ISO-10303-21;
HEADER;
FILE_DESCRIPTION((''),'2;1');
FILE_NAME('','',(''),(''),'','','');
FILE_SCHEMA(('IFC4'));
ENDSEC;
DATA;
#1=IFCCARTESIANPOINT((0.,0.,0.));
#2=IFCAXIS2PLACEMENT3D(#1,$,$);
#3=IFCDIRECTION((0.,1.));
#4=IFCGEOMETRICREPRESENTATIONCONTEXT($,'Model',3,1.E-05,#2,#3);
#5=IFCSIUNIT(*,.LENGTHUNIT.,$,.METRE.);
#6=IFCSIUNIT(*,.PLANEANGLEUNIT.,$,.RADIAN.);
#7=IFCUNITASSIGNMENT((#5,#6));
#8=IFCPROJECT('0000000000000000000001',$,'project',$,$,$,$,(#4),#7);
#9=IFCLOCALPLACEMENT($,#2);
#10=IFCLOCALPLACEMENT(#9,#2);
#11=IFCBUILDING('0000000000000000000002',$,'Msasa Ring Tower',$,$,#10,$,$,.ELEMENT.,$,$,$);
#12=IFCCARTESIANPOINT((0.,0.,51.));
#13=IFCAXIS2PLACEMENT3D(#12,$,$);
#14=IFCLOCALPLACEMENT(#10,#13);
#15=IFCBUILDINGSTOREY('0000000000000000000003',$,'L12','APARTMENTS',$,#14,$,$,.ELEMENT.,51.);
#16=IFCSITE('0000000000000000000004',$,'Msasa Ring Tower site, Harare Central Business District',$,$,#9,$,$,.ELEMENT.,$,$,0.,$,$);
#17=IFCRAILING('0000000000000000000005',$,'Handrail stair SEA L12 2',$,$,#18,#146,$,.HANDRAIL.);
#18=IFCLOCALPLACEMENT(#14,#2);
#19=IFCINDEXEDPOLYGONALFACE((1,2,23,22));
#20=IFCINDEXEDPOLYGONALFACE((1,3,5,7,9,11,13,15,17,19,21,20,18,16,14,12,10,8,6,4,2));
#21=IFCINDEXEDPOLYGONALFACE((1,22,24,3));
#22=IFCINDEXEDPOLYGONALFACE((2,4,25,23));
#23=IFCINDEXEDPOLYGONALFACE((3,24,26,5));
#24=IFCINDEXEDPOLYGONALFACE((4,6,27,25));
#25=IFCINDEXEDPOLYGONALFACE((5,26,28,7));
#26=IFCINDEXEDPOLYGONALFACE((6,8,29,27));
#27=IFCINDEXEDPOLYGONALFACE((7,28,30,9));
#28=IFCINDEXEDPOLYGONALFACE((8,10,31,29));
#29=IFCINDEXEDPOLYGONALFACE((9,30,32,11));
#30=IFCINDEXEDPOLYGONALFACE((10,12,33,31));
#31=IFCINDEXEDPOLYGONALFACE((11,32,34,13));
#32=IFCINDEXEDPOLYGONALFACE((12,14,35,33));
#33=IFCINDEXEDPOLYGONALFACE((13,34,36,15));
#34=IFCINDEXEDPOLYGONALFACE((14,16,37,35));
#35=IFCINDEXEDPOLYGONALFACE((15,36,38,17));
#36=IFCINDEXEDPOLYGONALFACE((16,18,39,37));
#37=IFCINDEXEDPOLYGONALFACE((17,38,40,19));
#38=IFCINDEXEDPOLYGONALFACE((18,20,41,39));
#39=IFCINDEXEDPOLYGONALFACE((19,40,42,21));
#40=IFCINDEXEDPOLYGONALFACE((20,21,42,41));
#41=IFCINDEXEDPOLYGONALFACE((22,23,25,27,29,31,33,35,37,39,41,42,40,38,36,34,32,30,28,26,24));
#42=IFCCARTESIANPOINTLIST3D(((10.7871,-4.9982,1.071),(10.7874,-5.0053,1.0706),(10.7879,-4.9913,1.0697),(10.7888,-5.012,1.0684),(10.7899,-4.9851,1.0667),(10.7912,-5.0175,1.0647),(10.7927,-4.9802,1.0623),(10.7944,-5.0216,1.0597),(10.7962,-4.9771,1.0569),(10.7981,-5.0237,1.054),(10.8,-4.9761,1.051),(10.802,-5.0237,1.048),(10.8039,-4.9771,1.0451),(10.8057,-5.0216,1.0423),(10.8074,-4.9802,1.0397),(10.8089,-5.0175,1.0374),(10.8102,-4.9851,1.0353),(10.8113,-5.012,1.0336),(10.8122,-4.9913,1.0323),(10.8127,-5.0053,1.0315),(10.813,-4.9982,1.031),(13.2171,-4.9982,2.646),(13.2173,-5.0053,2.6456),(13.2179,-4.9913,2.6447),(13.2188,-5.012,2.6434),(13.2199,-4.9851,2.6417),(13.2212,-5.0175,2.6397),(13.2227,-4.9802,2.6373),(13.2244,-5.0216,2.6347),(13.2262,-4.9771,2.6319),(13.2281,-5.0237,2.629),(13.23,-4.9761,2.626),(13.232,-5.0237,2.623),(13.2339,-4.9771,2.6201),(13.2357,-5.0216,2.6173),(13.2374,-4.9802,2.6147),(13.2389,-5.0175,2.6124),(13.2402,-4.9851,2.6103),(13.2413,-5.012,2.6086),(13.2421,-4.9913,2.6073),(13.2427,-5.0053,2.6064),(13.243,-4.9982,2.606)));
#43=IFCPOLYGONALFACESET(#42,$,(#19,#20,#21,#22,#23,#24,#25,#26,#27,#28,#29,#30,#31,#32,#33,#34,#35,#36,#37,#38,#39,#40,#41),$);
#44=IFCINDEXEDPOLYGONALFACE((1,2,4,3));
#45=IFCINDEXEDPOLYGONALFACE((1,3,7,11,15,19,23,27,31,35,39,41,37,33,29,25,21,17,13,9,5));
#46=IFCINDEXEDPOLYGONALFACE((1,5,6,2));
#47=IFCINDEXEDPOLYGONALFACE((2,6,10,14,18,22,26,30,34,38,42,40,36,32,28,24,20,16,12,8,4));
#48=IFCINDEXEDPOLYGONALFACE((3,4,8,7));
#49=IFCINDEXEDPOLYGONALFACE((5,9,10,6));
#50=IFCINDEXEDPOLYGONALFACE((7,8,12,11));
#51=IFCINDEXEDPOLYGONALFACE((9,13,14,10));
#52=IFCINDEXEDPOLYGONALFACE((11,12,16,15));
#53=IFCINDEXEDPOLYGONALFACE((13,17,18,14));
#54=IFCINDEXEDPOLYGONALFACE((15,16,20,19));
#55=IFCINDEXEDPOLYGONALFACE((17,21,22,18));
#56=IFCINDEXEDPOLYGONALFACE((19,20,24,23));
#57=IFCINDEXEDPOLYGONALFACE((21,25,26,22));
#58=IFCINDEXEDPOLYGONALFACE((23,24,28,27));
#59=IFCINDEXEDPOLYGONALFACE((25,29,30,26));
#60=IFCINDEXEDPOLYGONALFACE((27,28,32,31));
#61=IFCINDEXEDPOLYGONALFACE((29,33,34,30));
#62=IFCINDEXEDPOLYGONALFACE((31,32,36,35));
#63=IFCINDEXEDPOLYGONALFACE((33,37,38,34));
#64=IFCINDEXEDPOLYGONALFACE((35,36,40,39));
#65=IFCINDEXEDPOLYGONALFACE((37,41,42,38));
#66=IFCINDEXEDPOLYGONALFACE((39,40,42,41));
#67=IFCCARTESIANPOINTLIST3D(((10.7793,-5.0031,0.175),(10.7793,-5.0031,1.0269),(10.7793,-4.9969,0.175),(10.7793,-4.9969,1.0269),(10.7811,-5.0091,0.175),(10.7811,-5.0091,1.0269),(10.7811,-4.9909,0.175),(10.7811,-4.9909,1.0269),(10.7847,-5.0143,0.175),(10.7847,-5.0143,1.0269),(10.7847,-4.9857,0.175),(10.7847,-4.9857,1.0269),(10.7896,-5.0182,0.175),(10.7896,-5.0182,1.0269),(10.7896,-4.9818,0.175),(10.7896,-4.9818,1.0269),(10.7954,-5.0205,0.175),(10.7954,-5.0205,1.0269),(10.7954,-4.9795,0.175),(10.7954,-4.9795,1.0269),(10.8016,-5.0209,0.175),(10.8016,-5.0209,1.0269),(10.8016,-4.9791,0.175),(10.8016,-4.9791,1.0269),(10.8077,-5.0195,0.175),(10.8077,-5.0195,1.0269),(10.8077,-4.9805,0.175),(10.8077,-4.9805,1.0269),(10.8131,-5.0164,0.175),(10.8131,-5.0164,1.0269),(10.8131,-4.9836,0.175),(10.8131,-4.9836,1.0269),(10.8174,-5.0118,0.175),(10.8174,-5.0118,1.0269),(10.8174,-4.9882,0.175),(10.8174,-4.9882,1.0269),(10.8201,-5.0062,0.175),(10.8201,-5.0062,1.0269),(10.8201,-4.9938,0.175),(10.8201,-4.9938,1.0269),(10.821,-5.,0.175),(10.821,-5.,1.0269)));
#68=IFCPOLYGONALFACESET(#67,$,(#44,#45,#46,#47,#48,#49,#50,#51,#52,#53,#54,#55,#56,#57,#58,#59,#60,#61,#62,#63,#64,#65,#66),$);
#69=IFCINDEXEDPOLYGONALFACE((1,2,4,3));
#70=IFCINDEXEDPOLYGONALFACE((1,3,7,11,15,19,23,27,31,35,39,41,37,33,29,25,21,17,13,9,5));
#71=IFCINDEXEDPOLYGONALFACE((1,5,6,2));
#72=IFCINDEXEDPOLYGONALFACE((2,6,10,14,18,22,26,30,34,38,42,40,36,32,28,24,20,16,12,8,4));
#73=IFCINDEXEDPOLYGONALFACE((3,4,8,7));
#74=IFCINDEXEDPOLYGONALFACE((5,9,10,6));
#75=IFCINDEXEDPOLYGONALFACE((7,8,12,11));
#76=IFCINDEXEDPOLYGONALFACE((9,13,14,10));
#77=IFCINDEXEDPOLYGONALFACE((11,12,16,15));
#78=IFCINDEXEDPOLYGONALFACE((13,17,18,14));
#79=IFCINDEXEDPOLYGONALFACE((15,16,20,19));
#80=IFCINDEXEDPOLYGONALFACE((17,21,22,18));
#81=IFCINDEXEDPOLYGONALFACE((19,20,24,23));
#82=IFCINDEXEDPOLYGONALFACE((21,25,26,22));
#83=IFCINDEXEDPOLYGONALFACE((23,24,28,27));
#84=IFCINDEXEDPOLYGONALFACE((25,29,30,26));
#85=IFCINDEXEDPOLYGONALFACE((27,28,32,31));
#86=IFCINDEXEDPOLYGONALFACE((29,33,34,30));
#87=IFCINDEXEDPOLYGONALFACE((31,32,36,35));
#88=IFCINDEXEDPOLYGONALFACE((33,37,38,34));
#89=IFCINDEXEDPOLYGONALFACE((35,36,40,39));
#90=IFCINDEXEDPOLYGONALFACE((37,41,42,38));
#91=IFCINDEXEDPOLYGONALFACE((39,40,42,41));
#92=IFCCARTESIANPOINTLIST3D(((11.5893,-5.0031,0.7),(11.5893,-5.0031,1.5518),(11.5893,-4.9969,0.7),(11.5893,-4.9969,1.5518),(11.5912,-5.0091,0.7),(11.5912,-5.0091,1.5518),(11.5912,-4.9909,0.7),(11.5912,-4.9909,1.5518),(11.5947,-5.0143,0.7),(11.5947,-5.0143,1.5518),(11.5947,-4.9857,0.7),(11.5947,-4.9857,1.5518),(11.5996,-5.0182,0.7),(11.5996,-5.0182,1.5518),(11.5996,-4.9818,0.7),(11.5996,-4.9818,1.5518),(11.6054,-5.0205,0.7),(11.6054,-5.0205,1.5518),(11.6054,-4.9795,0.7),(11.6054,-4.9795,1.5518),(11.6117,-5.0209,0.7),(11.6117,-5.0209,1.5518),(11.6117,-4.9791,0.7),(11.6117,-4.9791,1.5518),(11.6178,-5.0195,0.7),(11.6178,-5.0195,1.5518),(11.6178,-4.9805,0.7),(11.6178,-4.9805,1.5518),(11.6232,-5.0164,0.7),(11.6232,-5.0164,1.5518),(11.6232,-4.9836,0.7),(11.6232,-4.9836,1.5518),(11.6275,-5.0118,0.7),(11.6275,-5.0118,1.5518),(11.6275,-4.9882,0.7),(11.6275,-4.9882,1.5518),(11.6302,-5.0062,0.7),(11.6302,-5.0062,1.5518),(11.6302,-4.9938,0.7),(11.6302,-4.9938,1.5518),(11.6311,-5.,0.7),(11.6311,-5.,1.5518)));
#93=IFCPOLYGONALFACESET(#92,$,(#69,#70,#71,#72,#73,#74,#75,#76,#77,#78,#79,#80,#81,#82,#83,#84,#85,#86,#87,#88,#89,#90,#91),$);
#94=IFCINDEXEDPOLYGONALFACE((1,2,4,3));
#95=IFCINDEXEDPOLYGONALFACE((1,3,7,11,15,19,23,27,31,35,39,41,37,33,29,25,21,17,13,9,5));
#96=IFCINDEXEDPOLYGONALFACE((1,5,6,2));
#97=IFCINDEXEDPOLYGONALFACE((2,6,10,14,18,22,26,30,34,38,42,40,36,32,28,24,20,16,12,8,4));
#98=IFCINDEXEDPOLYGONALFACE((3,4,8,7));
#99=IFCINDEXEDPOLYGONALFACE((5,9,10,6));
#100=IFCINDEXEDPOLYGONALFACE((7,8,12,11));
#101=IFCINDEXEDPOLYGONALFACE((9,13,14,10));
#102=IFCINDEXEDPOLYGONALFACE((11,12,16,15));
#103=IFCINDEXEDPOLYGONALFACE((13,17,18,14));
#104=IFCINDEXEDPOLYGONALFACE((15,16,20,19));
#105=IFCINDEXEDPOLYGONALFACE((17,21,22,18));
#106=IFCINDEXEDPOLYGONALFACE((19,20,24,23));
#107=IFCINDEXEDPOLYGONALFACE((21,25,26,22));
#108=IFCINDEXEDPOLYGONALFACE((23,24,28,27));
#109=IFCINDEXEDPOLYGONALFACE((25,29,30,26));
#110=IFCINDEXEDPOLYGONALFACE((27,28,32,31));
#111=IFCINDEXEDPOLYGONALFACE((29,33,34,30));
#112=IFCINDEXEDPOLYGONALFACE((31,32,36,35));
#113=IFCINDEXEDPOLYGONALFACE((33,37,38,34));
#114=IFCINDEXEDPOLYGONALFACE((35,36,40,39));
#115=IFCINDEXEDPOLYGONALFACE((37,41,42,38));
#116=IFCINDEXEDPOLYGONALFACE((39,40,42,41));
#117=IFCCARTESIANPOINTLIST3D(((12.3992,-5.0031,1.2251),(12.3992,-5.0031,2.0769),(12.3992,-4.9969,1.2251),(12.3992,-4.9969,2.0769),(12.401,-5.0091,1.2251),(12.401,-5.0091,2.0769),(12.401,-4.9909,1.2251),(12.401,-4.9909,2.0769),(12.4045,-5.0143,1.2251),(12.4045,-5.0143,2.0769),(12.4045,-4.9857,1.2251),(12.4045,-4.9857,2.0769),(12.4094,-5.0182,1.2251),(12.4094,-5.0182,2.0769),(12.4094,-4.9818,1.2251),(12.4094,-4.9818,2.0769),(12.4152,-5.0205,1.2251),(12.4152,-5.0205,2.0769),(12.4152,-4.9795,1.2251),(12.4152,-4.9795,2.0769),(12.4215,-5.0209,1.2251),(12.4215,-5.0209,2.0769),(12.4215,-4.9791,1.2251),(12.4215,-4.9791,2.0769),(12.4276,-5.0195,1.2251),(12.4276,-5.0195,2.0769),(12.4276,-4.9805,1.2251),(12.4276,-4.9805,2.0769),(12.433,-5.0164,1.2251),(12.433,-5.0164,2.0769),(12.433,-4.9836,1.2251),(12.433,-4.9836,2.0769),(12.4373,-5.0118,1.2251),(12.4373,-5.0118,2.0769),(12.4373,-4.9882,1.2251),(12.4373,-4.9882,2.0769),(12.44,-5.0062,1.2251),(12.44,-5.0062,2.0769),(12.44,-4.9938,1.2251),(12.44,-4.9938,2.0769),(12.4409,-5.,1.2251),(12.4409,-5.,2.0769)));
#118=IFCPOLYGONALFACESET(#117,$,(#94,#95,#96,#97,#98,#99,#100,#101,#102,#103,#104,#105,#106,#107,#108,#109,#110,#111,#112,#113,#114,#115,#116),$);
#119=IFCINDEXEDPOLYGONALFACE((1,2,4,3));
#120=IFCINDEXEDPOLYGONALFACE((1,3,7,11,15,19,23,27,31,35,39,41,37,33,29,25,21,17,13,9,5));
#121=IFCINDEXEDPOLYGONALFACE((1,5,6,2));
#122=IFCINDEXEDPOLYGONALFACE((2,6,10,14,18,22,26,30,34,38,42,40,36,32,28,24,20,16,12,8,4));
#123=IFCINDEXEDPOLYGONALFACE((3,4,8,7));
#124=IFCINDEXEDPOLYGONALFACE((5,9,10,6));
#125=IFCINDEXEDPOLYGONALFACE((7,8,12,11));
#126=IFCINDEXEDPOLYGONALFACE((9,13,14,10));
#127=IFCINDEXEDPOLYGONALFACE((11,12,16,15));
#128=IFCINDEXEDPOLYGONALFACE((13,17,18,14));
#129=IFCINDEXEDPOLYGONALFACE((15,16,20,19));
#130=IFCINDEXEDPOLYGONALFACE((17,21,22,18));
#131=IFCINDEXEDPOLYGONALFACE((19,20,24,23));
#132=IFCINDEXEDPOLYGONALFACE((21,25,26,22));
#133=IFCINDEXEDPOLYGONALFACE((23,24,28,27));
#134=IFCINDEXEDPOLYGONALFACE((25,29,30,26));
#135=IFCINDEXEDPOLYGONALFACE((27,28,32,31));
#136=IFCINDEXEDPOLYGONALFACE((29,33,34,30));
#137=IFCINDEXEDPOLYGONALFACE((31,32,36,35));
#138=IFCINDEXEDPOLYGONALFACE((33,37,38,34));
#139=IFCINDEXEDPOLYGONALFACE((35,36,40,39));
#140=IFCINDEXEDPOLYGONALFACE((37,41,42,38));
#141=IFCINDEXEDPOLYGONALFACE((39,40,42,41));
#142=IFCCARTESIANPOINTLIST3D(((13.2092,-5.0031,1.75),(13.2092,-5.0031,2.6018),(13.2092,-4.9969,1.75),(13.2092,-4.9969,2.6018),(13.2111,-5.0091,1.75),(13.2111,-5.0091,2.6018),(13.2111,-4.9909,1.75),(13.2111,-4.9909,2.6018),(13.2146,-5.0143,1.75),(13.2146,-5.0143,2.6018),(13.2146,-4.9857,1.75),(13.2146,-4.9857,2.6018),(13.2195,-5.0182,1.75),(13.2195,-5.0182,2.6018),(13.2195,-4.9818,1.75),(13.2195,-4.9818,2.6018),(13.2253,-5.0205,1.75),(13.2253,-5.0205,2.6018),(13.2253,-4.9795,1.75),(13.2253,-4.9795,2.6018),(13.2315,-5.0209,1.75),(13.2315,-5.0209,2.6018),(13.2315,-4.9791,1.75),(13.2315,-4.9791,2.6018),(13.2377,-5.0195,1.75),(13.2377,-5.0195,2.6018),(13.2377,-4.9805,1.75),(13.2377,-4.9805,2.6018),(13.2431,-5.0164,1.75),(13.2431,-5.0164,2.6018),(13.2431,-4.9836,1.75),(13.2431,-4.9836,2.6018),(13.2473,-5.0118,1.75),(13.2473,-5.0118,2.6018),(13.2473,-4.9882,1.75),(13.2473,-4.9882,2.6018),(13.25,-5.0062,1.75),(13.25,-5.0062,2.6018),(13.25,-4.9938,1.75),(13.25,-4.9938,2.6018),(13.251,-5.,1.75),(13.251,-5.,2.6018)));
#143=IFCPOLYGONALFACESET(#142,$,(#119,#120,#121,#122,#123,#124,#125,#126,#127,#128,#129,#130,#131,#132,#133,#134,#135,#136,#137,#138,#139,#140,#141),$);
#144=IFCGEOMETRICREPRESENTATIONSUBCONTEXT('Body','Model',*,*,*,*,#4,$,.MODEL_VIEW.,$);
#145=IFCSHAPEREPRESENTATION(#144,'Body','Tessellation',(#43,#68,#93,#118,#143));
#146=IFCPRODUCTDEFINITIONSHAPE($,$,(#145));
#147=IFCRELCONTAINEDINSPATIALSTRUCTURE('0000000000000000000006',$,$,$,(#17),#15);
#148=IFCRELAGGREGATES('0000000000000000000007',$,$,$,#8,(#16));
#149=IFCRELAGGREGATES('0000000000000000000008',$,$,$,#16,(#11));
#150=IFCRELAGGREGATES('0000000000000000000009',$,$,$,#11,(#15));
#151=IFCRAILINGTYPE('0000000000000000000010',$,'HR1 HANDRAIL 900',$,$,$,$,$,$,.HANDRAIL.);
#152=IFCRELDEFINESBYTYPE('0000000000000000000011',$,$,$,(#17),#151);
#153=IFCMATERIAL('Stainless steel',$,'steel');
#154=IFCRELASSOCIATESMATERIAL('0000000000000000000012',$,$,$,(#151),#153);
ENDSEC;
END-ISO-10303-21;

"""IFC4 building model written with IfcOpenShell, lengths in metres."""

from ifc_helpers import new_model, si_unit, direction, frame, origin, origin_2d, place, context, subcontext, project, spatial, circle, extrude, material, type_object, element, save


model = new_model("IFC4")

# Units and contexts
model_context = context("Model", 3, precision=1e-05, world=origin(), true_north=direction((0.0, 1.0)))
body_context = subcontext(model_context, "Body", "Model", "MODEL_VIEW")
ifc_project = project(units=[si_unit("LENGTHUNIT", "METRE"), si_unit("PLANEANGLEUNIT", "RADIAN")], contexts=[model_context])

# Site, building, storey
site_placement = place(None, origin())
site = spatial("IfcSite", under=ifc_project, at=site_placement, Name="Msasa Ring Tower site, Harare Central Business District", CompositionType="ELEMENT", RefElevation=0.0)
building_placement = place(site_placement, origin())
building = spatial("IfcBuilding", under=site, at=building_placement, Name="Msasa Ring Tower", CompositionType="ELEMENT")
storey_placement = place(building_placement, frame((0.0, 0.0, 51.0)))
storey = spatial("IfcBuildingStorey", under=building, at=storey_placement, Name="L12", Description="APARTMENTS", CompositionType="ELEMENT", Elevation=51.0)

# Railing
ifc_material_1 = material(Name="Stainless steel", Category="steel")
railing_type = type_object("IfcRailingType", Name="HR1 HANDRAIL 900", PredefinedType="HANDRAIL", material=ifc_material_1)
for number, where, name in (
    (1, (10.8, -5.0, 0.175), "Handrail stair SEA L12 2"),
):
    element("IfcRailing", number, at=place(storey_placement, frame(where)), inside=storey, type_object=railing_type, Name=name, PredefinedType="HANDRAIL", context=body_context, shape_type="SweptSolid", body=[
        extrude(circle(Radius=0.0239, at=origin_2d()), frame((0.0, 0.0, 0.876), z_axis=(0.839154, 0.0, 0.543894), x_axis=(0.0, 1.0, 0.0)), (0.0, 0.0, 1.0), 2.8958),
        extrude(circle(Radius=0.021, at=origin_2d()), origin(), (0.0, 0.0, 1.0), 0.8518),
        extrude(circle(Radius=0.021, at=origin_2d()), frame((0.8101, 0.0, 0.5249)), (0.0, 0.0, 1.0), 0.8518),
        extrude(circle(Radius=0.021, at=origin_2d()), frame((1.6199, 0.0, 1.05)), (0.0, 0.0, 1.0), 0.8518),
        extrude(circle(Radius=0.021, at=origin_2d()), frame((2.4299, 0.0, 1.575)), (0.0, 0.0, 1.0), 0.8518),
    ])

save(model, "model.ifc")
